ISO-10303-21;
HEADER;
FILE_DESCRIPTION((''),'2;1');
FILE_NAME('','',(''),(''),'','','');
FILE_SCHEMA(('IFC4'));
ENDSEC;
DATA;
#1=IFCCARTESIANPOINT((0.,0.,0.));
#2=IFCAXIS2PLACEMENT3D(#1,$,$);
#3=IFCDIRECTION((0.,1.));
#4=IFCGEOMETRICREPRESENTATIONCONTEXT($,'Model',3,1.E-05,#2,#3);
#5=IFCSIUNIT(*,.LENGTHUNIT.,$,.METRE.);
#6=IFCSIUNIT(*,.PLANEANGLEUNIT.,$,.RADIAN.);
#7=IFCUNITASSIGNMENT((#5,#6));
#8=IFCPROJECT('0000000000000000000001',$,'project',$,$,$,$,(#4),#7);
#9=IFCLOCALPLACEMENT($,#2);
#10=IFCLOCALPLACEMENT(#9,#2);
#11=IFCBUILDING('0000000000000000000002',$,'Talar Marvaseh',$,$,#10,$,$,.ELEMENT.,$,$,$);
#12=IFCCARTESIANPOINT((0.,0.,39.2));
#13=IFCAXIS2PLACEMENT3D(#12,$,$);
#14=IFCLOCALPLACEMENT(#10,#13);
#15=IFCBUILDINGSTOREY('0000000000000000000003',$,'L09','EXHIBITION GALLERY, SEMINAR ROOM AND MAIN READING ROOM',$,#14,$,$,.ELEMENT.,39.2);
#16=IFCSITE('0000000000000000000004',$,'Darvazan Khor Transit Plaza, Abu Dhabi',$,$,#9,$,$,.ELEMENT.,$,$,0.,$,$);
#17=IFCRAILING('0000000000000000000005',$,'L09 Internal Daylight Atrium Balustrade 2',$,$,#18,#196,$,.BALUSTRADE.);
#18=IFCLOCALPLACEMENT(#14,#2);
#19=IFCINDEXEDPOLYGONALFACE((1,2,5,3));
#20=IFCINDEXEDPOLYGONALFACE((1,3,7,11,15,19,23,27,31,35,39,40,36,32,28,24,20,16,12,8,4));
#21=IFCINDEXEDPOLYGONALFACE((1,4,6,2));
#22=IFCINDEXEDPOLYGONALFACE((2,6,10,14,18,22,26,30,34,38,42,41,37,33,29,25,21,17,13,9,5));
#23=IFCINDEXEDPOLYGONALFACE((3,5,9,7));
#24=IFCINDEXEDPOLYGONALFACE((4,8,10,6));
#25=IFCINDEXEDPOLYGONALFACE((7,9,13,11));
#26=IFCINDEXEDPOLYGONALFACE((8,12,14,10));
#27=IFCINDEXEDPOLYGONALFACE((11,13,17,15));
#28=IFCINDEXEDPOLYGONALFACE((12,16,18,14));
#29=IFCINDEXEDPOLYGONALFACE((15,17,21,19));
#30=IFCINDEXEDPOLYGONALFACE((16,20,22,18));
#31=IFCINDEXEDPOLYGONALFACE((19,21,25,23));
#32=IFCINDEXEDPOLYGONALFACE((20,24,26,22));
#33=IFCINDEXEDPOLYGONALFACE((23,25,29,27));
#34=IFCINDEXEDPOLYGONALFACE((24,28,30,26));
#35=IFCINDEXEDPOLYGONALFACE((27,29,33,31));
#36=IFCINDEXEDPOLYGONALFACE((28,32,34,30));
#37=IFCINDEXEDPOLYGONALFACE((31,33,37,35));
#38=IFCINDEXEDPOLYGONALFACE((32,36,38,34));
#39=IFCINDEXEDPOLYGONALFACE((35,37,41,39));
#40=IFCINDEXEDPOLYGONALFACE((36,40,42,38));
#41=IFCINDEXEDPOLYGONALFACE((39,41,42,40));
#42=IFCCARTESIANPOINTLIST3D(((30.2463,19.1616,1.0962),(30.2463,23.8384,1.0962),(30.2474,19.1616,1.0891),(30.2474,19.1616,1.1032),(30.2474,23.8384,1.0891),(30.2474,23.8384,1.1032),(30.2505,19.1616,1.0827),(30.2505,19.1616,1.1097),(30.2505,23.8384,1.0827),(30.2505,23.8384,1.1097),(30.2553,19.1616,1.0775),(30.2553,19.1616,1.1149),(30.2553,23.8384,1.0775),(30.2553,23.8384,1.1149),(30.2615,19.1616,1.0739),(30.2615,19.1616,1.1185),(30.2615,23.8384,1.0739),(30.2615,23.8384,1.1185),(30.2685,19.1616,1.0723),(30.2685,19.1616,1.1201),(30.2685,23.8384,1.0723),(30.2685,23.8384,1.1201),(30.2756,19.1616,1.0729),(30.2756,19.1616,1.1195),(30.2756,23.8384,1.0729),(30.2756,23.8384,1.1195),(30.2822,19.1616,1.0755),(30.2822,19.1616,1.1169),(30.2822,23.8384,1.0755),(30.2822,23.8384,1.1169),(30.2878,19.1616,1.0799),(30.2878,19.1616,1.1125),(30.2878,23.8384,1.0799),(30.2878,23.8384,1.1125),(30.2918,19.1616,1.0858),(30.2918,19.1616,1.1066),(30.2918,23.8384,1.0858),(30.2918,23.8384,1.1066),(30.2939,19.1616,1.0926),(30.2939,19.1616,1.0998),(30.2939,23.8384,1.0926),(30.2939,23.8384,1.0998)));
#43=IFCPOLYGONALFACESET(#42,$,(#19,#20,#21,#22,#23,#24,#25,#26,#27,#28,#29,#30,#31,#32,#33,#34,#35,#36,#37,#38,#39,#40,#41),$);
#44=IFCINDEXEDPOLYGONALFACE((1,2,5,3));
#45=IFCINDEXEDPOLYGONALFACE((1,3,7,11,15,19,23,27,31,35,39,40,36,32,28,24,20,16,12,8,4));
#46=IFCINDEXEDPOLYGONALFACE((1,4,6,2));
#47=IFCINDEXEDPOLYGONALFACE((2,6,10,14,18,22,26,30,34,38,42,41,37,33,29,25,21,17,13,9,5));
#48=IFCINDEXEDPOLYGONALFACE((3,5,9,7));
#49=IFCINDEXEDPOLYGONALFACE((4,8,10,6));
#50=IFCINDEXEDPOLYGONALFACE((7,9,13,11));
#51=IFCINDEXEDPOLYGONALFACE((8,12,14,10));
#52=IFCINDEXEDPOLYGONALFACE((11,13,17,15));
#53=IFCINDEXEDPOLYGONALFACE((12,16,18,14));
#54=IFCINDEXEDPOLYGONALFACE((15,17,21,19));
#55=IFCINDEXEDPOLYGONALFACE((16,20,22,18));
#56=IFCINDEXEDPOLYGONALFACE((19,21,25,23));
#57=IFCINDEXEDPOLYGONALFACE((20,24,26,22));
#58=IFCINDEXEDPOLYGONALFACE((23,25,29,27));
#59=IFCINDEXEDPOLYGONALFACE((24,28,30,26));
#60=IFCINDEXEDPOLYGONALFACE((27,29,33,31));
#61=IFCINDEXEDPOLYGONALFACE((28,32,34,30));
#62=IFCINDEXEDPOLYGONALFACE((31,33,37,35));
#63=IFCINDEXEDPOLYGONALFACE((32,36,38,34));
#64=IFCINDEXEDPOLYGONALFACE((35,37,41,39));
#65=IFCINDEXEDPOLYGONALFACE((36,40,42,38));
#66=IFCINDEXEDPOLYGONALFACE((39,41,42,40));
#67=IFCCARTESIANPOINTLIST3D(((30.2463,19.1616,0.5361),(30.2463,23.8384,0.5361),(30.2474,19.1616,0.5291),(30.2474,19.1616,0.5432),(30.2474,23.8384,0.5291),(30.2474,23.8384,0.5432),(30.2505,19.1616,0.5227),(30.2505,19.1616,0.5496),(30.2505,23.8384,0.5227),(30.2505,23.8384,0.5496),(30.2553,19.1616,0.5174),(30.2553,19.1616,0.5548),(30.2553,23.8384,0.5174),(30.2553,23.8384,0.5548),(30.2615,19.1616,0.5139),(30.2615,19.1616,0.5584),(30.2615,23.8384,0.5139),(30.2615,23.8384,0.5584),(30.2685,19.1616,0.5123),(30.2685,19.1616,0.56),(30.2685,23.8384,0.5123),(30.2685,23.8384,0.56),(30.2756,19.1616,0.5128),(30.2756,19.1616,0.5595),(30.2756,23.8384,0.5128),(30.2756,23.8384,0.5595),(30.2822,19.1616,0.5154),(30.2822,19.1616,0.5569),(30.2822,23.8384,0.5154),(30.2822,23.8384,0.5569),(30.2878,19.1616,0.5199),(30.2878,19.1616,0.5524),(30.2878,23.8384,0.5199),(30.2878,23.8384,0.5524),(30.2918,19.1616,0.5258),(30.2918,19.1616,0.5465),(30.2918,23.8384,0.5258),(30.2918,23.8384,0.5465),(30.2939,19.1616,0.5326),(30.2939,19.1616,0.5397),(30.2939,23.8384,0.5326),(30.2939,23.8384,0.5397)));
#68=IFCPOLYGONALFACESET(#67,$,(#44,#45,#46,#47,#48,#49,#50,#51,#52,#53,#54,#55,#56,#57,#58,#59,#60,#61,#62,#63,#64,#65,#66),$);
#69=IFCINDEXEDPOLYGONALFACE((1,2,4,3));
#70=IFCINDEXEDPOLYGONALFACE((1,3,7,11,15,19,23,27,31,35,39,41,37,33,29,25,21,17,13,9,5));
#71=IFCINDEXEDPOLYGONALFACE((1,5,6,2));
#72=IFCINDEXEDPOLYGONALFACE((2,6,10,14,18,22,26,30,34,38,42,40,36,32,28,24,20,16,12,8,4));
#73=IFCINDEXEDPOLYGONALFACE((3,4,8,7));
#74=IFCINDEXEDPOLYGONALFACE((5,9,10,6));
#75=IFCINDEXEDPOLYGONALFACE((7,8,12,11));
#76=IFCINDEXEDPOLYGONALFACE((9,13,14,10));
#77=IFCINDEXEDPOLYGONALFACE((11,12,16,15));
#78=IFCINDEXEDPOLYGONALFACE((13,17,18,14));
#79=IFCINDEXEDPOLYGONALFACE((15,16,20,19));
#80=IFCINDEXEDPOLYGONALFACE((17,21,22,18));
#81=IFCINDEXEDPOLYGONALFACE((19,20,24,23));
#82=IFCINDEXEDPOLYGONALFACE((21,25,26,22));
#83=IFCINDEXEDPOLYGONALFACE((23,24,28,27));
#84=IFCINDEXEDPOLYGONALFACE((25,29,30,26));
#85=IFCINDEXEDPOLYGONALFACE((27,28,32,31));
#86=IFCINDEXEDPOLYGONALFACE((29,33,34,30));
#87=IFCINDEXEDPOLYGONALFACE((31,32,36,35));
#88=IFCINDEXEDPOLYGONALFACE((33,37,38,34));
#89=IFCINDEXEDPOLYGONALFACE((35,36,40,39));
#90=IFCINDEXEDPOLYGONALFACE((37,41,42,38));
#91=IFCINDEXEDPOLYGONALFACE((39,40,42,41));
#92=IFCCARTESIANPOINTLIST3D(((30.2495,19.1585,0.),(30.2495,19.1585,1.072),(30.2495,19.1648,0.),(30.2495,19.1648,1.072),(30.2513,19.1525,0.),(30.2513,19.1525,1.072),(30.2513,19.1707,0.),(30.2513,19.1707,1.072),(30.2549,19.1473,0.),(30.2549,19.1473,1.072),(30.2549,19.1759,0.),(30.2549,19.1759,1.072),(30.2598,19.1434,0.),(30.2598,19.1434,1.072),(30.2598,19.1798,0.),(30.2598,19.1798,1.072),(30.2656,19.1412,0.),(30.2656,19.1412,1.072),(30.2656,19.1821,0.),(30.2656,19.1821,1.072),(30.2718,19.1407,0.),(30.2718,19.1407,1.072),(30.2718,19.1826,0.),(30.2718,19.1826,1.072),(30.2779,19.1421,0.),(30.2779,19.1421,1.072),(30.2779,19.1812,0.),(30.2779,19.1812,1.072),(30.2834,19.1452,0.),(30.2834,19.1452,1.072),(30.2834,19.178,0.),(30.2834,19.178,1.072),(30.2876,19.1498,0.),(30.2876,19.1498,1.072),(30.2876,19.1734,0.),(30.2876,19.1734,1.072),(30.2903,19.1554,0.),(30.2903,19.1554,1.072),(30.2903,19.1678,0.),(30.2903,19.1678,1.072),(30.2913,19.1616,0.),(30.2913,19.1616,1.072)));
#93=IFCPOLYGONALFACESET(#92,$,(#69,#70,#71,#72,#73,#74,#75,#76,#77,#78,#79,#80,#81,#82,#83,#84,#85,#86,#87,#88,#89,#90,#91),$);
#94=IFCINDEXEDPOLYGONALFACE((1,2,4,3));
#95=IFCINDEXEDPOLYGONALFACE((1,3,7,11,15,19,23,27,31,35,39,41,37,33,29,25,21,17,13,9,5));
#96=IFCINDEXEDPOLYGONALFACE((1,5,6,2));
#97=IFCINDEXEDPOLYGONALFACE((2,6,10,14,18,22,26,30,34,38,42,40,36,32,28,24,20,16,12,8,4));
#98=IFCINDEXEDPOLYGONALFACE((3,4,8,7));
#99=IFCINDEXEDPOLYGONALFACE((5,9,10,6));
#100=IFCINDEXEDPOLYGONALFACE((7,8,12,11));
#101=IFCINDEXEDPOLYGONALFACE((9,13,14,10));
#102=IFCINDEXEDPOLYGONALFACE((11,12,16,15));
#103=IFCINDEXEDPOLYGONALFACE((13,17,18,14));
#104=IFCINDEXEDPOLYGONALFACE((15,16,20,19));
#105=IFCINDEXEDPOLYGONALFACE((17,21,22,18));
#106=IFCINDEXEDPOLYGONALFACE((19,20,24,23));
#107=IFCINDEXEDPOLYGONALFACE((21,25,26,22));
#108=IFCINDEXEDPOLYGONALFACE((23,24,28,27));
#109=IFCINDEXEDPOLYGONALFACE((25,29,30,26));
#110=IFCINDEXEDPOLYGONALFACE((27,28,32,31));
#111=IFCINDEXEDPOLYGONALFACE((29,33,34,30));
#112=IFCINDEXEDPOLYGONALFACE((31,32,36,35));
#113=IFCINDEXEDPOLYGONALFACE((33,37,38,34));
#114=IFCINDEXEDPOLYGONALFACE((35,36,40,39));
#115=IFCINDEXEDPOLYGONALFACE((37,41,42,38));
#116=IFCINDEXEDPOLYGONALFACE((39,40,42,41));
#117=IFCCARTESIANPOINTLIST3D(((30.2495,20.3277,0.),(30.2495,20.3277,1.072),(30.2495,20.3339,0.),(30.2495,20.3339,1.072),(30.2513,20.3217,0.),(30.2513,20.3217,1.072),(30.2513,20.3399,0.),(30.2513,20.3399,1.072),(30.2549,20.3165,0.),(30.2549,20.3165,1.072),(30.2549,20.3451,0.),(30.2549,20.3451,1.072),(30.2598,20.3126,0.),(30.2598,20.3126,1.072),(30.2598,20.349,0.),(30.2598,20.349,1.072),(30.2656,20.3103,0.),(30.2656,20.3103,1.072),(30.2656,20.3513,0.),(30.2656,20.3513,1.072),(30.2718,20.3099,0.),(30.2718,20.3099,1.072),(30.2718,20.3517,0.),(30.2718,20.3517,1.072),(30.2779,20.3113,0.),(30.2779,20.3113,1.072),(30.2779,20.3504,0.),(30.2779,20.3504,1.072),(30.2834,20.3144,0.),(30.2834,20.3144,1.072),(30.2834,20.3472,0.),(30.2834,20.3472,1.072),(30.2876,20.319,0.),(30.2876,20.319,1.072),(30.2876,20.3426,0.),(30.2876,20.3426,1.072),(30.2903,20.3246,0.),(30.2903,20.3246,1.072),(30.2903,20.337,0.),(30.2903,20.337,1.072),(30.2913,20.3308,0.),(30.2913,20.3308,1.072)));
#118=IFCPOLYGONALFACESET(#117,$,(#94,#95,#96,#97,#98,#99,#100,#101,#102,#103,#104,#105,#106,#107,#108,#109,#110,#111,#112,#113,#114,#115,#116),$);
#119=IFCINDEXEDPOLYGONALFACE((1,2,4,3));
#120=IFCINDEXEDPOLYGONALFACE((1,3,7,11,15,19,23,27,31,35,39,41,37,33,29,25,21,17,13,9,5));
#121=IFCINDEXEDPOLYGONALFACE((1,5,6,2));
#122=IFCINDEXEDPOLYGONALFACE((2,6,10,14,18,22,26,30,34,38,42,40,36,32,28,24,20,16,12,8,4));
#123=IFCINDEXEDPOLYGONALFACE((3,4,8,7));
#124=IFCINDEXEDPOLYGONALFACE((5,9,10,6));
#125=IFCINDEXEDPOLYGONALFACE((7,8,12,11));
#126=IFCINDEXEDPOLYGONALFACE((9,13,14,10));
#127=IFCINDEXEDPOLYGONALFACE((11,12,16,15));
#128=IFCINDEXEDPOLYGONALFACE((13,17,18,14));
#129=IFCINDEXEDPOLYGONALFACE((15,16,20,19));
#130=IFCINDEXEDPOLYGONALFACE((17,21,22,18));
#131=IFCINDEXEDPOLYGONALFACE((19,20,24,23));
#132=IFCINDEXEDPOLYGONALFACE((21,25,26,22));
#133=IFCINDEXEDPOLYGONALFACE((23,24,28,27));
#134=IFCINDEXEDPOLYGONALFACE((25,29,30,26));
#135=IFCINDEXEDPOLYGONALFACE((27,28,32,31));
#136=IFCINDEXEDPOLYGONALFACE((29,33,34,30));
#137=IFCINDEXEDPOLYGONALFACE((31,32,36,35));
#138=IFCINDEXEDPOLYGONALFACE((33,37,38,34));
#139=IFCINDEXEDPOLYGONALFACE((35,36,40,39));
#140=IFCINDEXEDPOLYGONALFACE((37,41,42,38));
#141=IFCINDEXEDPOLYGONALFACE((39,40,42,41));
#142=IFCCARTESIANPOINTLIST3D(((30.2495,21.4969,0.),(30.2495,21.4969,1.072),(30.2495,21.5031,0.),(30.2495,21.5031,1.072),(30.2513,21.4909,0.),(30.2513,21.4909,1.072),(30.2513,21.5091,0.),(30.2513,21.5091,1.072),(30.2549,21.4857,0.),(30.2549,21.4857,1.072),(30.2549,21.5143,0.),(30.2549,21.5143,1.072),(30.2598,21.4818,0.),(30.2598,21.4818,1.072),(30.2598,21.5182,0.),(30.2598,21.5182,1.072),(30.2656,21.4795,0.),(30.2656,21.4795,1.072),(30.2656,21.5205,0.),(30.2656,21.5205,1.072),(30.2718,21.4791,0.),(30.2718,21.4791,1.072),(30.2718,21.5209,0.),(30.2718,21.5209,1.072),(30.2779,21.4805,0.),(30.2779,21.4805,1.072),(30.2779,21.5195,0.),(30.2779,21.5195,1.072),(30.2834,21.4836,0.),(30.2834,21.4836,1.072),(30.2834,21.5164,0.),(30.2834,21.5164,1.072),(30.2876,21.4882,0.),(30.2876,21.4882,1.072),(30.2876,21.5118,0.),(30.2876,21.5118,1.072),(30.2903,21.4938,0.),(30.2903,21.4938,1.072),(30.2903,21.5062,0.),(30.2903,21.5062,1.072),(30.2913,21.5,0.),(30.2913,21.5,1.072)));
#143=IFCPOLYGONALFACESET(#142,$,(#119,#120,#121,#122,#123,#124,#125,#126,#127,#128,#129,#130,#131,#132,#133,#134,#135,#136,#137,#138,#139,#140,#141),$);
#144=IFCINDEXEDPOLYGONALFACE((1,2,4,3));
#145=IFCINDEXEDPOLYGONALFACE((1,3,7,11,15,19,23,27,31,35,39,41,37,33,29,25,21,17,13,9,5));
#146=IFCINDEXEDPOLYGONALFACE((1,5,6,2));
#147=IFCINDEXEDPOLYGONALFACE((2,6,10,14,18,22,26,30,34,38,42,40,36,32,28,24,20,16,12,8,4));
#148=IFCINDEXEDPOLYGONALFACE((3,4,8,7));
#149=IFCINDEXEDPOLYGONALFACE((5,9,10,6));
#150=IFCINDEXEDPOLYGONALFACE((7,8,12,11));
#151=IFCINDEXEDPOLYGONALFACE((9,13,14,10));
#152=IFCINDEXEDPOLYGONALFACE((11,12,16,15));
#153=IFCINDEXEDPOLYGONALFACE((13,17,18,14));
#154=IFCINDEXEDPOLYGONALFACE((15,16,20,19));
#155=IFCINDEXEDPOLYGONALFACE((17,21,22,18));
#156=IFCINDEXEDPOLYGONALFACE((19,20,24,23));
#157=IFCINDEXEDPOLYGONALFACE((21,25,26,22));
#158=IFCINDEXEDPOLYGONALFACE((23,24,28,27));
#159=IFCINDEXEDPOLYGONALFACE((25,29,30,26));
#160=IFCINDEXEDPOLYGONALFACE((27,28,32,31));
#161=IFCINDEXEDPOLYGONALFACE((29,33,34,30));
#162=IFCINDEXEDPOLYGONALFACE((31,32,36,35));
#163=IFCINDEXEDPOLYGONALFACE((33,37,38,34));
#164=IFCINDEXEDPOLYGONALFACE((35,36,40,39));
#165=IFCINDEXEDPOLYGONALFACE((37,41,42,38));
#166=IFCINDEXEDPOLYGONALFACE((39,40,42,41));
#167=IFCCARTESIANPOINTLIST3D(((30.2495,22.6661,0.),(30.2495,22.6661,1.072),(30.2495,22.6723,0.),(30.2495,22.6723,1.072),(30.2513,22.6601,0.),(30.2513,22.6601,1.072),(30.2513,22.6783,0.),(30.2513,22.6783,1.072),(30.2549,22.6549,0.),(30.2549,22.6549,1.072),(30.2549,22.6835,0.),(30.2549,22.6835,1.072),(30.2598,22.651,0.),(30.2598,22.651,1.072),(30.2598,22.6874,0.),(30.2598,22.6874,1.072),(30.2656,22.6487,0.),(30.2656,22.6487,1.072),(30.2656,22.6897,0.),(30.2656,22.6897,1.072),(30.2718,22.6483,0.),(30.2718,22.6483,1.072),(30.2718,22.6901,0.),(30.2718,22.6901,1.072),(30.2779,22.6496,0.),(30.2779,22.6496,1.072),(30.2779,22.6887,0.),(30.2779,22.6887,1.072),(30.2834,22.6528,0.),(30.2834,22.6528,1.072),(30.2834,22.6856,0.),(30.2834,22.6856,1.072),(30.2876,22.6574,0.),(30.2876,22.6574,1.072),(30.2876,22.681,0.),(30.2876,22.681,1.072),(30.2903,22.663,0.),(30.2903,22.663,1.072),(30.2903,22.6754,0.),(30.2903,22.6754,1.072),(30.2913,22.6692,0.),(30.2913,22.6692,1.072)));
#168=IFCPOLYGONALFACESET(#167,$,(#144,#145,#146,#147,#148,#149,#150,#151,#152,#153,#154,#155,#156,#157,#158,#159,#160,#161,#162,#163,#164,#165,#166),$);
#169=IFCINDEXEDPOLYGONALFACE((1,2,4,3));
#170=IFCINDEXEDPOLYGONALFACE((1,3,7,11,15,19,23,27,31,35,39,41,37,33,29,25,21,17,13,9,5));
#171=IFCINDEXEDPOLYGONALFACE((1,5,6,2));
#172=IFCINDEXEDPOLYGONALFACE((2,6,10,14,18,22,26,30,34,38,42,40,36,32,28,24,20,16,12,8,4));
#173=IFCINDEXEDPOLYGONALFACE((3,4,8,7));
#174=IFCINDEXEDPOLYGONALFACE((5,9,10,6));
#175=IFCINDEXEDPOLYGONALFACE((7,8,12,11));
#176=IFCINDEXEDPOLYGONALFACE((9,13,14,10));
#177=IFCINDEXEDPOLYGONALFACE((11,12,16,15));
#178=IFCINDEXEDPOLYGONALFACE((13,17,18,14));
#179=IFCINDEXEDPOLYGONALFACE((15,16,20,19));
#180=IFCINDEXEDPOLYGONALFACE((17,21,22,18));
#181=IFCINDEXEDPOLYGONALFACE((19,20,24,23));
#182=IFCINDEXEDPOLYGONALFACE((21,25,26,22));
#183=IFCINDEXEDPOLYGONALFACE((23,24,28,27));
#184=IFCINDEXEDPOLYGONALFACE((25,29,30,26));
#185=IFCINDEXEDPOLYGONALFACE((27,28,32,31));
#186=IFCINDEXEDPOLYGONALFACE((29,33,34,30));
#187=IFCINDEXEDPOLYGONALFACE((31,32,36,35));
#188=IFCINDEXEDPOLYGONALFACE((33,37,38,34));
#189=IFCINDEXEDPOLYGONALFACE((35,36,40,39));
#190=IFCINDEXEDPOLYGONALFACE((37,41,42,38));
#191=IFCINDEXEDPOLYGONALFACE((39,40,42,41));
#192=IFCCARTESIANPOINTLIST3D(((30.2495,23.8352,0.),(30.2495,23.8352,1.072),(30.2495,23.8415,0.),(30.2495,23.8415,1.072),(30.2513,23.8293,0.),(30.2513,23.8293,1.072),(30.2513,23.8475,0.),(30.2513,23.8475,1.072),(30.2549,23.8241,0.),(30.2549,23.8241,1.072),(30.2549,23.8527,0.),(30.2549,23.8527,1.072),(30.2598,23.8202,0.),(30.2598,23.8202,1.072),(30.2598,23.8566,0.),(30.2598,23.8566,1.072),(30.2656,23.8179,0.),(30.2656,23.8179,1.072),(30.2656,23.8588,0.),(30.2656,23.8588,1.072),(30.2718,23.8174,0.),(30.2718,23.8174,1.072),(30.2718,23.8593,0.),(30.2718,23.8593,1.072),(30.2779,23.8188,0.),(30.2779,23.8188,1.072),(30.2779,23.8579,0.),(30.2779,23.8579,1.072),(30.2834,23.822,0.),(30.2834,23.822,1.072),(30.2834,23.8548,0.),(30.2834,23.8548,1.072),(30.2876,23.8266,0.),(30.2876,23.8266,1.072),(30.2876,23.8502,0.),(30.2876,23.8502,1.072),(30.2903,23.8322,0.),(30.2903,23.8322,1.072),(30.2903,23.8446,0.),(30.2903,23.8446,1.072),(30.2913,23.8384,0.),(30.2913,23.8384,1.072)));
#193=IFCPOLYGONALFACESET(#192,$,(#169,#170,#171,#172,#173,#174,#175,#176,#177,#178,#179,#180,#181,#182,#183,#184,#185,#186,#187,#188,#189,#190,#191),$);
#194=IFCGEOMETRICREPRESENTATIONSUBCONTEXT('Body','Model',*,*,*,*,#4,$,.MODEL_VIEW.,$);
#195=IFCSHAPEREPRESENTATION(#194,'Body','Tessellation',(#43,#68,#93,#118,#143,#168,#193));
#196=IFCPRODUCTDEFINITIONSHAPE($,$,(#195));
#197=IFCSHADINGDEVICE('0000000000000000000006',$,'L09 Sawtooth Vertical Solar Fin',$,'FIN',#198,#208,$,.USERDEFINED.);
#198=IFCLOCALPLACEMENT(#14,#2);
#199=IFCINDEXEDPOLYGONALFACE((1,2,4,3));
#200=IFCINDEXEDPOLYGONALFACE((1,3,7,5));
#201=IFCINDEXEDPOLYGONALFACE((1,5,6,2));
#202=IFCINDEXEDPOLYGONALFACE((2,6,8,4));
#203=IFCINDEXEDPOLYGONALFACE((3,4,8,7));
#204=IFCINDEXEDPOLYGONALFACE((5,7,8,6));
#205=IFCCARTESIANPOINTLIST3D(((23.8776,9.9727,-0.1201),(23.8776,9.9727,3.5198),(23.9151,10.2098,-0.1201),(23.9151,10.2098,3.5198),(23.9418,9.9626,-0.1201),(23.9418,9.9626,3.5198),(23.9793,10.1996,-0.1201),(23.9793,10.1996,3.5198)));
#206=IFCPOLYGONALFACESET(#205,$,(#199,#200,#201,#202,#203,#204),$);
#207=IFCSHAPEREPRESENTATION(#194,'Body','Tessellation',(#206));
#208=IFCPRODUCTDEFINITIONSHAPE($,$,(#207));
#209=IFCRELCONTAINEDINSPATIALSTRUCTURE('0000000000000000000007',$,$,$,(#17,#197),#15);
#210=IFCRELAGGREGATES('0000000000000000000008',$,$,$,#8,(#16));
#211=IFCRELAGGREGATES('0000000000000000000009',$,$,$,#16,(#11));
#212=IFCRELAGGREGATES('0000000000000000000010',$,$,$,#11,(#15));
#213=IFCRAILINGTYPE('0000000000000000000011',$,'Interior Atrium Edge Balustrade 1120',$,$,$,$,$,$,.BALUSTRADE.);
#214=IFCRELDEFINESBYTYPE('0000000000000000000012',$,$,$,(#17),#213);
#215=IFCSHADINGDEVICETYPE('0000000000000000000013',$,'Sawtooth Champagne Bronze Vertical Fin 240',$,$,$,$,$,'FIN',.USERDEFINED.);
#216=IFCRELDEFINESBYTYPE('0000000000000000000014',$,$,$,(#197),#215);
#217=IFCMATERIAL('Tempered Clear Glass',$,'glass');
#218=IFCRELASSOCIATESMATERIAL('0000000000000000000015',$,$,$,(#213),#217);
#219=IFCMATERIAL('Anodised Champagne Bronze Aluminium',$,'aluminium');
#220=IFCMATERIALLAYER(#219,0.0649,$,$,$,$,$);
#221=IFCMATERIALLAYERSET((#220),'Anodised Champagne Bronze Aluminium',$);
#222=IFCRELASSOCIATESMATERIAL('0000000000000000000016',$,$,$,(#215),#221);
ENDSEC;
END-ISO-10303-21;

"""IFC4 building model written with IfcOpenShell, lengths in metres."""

from ifc_helpers import new_model, si_unit, direction, frame, origin, origin_2d, place, context, subcontext, project, spatial, rectangle, circle, extrude, source, transform, mapped, material, layer, layer_set, type_object, type_shapes, element, save


model = new_model("IFC4")

# Units and contexts
model_context = context("Model", 3, precision=1e-05, world=origin(), true_north=direction((0.0, 1.0)))
body_context = subcontext(model_context, "Body", "Model", "MODEL_VIEW")
ifc_project = project(units=[si_unit("LENGTHUNIT", "METRE"), si_unit("PLANEANGLEUNIT", "RADIAN")], contexts=[model_context])

# Site, building, storey
site_placement = place(None, origin())
site = spatial("IfcSite", under=ifc_project, at=site_placement, Name="Darvazan Khor Transit Plaza, Abu Dhabi", CompositionType="ELEMENT", RefElevation=0.0)
building_placement = place(site_placement, origin())
building = spatial("IfcBuilding", under=site, at=building_placement, Name="Talar Marvaseh", CompositionType="ELEMENT")
storey_placement = place(building_placement, frame((0.0, 0.0, 39.2)))
storey = spatial("IfcBuildingStorey", under=building, at=storey_placement, Name="L09", Description="EXHIBITION GALLERY, SEMINAR ROOM AND MAIN READING ROOM", CompositionType="ELEMENT", Elevation=39.2)

# Railing
ifc_material_1 = material(Name="Tempered Clear Glass", Category="glass")
railing_type = type_object("IfcRailingType", Name="Interior Atrium Edge Balustrade 1120", PredefinedType="BALUSTRADE", material=ifc_material_1)
railing_1_placement = place(storey_placement, frame((30.2703, 19.1616, 0.0)))
element("IfcRailing", 1, at=railing_1_placement, inside=storey, type_object=railing_type, Name="L09 Internal Daylight Atrium Balustrade 2", PredefinedType="BALUSTRADE", context=body_context, shape_type="SweptSolid", body=[
    extrude(circle(Radius=0.0239, at=origin_2d()), frame((0.0, 0.0, 1.0962), z_axis=(0.0, 1.0, 0.0), x_axis=(-1.0, 0.0, 0.0)), (0.0, 0.0, 1.0), 4.6768),
    extrude(circle(Radius=0.0239, at=origin_2d()), frame((0.0, 0.0, 0.5361), z_axis=(0.0, 1.0, 0.0), x_axis=(-1.0, 0.0, 0.0)), (0.0, 0.0, 1.0), 4.6768),
    extrude(circle(Radius=0.021, at=origin_2d()), origin(), (0.0, 0.0, 1.0), 1.072),
    extrude(circle(Radius=0.021, at=origin_2d()), frame((0.0, 1.1692, 0.0)), (0.0, 0.0, 1.0), 1.072),
    extrude(circle(Radius=0.021, at=origin_2d()), frame((0.0, 2.3384, 0.0)), (0.0, 0.0, 1.0), 1.072),
    extrude(circle(Radius=0.021, at=origin_2d()), frame((0.0, 3.5076, 0.0)), (0.0, 0.0, 1.0), 1.072),
    extrude(circle(Radius=0.021, at=origin_2d()), frame((0.0, 4.6768, 0.0)), (0.0, 0.0, 1.0), 1.072),
])

# Shading device
ifc_material_2 = material(Name="Anodised Champagne Bronze Aluminium", Category="aluminium")
ifc_layer_1 = layer(ifc_material_2, 0.0649)
ifc_layer_set_1 = layer_set([ifc_layer_1], Name="Anodised Champagne Bronze Aluminium")
shading_device_type = type_object("IfcShadingDeviceType", Name="Sawtooth Champagne Bronze Vertical Fin 240", ElementType="FIN", PredefinedType="USERDEFINED", material=ifc_layer_set_1)
shared_shape_1 = source(origin(), body_context, "Body", "SweptSolid", [
    extrude(rectangle(XDim=0.24, YDim=0.0649, at=origin_2d()), origin(), (0.0, 0.0, 1.0), 3.6399),
])
type_shapes(shading_device_type, [shared_shape_1])
for number, where, z_axis, x_axis, name in (
    (2, (23.9285, 10.0862, -0.1201), (0.0, 0.0, 1.0), (-0.156262, -0.987716, 0.0), "L09 Sawtooth Vertical Solar Fin"),
):
    element("IfcShadingDevice", number, at=place(storey_placement, frame(where, z_axis=z_axis, x_axis=x_axis)), inside=storey, type_object=shading_device_type, Name=name, ObjectType="FIN", PredefinedType="USERDEFINED", context=body_context, shape_type="MappedRepresentation", body=[
        mapped(shared_shape_1, transform((0.0, 0.0, 0.0), x_axis=(1.0, 0.0, 0.0), y_axis=(0.0, 1.0, 0.0), z_axis=(0.0, 0.0, 1.0), scale=1.0)),
    ])

save(model, "model.ifc")
